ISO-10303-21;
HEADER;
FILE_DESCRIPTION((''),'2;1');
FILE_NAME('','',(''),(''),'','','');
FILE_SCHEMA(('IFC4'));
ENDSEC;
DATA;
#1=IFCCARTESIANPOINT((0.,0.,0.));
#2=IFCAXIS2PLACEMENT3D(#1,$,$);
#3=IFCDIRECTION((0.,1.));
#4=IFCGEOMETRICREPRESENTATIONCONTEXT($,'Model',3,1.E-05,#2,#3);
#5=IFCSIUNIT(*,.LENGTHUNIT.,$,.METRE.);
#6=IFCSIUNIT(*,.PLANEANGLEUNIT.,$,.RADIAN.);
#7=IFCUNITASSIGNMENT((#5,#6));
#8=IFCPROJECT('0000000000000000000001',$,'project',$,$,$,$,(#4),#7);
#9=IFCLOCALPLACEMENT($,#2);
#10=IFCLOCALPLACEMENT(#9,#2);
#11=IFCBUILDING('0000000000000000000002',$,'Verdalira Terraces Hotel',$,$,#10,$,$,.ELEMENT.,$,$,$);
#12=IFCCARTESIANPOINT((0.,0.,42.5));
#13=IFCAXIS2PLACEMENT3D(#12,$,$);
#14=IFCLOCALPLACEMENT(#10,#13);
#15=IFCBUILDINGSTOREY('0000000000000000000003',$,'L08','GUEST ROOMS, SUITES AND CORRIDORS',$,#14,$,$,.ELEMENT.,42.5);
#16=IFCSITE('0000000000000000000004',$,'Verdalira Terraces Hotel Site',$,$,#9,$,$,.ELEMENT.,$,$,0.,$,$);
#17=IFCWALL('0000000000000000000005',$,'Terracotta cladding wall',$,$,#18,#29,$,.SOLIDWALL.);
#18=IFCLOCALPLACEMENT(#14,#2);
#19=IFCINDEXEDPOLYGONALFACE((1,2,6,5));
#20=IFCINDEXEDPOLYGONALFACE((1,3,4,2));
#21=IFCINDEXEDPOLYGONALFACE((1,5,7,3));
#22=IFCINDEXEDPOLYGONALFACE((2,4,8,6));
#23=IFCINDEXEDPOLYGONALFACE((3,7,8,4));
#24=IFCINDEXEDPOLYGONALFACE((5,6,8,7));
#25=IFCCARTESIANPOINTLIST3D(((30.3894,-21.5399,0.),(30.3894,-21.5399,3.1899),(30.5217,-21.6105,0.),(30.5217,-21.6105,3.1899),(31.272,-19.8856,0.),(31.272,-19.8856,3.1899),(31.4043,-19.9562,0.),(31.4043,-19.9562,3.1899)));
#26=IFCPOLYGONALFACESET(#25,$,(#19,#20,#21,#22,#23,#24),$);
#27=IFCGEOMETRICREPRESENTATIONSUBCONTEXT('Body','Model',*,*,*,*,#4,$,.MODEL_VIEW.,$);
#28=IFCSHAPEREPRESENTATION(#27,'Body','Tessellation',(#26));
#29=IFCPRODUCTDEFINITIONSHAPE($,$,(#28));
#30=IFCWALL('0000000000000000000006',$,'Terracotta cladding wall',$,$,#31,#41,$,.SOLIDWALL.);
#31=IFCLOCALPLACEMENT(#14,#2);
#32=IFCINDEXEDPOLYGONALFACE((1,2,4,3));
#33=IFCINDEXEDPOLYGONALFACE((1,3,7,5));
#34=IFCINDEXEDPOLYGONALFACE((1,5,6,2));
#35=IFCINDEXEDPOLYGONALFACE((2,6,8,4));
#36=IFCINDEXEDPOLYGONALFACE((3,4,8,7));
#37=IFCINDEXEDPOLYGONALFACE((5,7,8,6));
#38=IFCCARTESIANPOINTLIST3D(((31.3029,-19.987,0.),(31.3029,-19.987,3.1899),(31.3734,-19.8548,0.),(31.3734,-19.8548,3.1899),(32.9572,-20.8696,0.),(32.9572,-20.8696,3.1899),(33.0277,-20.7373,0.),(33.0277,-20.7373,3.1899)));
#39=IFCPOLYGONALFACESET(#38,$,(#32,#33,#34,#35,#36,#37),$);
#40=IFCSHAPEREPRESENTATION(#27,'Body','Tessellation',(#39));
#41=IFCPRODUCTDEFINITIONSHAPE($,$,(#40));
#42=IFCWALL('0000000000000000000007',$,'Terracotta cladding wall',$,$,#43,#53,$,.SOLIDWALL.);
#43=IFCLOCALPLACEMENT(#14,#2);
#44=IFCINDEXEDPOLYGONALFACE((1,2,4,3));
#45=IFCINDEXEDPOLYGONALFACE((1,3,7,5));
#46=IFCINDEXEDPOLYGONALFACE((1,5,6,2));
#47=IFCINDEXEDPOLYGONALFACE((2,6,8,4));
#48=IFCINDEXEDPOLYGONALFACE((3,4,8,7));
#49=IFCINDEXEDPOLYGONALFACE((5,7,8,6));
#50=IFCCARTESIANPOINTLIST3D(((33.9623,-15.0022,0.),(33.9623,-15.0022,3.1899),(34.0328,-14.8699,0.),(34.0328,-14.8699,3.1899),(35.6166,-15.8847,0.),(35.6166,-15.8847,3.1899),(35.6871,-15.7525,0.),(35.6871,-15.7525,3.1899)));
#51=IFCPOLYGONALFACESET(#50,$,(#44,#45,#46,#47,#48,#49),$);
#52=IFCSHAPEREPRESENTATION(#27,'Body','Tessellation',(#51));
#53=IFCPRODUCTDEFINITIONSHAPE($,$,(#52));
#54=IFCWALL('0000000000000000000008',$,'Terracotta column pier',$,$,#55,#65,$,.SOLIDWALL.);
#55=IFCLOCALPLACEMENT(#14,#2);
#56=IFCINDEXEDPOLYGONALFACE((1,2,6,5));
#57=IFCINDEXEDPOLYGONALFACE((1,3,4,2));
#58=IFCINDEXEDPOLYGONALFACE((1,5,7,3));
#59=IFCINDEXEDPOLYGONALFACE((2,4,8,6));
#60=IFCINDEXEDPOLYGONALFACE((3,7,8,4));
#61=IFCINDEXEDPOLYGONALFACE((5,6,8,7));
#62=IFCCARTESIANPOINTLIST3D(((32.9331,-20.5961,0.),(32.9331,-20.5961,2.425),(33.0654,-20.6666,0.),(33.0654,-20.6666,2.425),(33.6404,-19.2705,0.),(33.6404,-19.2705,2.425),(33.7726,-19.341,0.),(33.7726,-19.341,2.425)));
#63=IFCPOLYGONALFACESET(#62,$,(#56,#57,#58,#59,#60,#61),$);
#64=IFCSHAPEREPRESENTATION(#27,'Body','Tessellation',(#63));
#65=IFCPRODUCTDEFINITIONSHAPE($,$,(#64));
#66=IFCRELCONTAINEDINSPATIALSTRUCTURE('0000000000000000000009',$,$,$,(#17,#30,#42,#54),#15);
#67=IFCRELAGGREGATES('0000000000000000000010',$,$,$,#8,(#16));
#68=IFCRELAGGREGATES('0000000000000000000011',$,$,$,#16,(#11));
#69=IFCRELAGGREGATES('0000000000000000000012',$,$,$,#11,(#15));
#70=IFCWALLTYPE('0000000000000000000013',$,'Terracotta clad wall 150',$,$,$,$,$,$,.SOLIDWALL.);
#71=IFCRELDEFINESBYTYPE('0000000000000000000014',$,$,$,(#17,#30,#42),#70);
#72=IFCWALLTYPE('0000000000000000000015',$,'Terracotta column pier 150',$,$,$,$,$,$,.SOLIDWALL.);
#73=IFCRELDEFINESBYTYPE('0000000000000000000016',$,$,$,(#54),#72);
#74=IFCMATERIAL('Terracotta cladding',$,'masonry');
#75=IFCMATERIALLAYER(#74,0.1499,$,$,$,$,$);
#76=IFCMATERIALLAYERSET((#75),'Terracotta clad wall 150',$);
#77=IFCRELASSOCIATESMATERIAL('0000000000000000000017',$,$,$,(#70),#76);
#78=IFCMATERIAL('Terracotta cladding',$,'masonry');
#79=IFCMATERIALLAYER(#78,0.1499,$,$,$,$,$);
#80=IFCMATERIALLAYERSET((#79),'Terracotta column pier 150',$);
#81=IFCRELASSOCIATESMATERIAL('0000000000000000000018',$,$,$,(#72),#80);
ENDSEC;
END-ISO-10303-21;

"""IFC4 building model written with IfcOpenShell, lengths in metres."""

from ifc_helpers import new_model, si_unit, direction, frame, frame_2d, origin, place, context, subcontext, project, spatial, rectangle, extrude, material, layer, layer_set, type_object, element, save


model = new_model("IFC4")

# Units and contexts
model_context = context("Model", 3, precision=1e-05, world=origin(), true_north=direction((0.0, 1.0)))
body_context = subcontext(model_context, "Body", "Model", "MODEL_VIEW")
ifc_project = project(units=[si_unit("LENGTHUNIT", "METRE"), si_unit("PLANEANGLEUNIT", "RADIAN")], contexts=[model_context])

# Site, building, storey
site_placement = place(None, origin())
site = spatial("IfcSite", under=ifc_project, at=site_placement, Name="Verdalira Terraces Hotel Site", CompositionType="ELEMENT", RefElevation=0.0)
building_placement = place(site_placement, origin())
building = spatial("IfcBuilding", under=site, at=building_placement, Name="Verdalira Terraces Hotel", CompositionType="ELEMENT")
storey_placement = place(building_placement, frame((0.0, 0.0, 42.5)))
storey = spatial("IfcBuildingStorey", under=building, at=storey_placement, Name="L08", Description="GUEST ROOMS, SUITES AND CORRIDORS", CompositionType="ELEMENT", Elevation=42.5)

# Walls
ifc_material_1 = material(Name="Terracotta cladding", Category="masonry")
ifc_layer_1 = layer(ifc_material_1, 0.1499)
ifc_layer_set_1 = layer_set([ifc_layer_1], Name="Terracotta clad wall 150")
wall_type_1 = type_object("IfcWallType", Name="Terracotta clad wall 150", PredefinedType="SOLIDWALL", material=ifc_layer_set_1)
for number, where, z_axis, x_axis, name in (
    (1, (30.4556, -21.5752, 0.0), (0.0, 0.0, 1.0), (0.470703, 0.882292, 0.0), "Terracotta cladding wall"),
    (2, (31.3381, -19.9209, 0.0), (0.0, 0.0, 1.0), (0.882292, -0.470703, 0.0), "Terracotta cladding wall"),
    (3, (35.6519, -15.8186, 0.0), (0.0, 0.0, 1.0), (-0.882292, 0.470703, 0.0), "Terracotta cladding wall"),
):
    element("IfcWall", number, at=place(storey_placement, frame(where, z_axis=z_axis, x_axis=x_axis)), inside=storey, type_object=wall_type_1, Name=name, PredefinedType="SOLIDWALL", context=body_context, shape_type="SweptSolid", body=[
        extrude(rectangle(XDim=1.875, YDim=0.1499, at=frame_2d((0.9375, 0.0))), origin(), (0.0, 0.0, 1.0), 3.1899),
    ])
ifc_material_2 = material(Name="Terracotta cladding", Category="masonry")
ifc_layer_2 = layer(ifc_material_2, 0.1499)
ifc_layer_set_2 = layer_set([ifc_layer_2], Name="Terracotta column pier 150")
wall_type_2 = type_object("IfcWallType", Name="Terracotta column pier 150", PredefinedType="SOLIDWALL", material=ifc_layer_set_2)
wall_1_placement = place(storey_placement, frame((32.9993, -20.6313, 0.0), z_axis=(0.0, 0.0, 1.0), x_axis=(0.470715, 0.882285, 0.0)))
element("IfcWall", 4, at=wall_1_placement, inside=storey, type_object=wall_type_2, Name="Terracotta column pier", PredefinedType="SOLIDWALL", context=body_context, shape_type="SweptSolid", body=[
    extrude(rectangle(XDim=1.5024, YDim=0.1499, at=frame_2d((0.7512, 0.0))), origin(), (0.0, 0.0, 1.0), 2.425),
])

save(model, "model.ifc")
